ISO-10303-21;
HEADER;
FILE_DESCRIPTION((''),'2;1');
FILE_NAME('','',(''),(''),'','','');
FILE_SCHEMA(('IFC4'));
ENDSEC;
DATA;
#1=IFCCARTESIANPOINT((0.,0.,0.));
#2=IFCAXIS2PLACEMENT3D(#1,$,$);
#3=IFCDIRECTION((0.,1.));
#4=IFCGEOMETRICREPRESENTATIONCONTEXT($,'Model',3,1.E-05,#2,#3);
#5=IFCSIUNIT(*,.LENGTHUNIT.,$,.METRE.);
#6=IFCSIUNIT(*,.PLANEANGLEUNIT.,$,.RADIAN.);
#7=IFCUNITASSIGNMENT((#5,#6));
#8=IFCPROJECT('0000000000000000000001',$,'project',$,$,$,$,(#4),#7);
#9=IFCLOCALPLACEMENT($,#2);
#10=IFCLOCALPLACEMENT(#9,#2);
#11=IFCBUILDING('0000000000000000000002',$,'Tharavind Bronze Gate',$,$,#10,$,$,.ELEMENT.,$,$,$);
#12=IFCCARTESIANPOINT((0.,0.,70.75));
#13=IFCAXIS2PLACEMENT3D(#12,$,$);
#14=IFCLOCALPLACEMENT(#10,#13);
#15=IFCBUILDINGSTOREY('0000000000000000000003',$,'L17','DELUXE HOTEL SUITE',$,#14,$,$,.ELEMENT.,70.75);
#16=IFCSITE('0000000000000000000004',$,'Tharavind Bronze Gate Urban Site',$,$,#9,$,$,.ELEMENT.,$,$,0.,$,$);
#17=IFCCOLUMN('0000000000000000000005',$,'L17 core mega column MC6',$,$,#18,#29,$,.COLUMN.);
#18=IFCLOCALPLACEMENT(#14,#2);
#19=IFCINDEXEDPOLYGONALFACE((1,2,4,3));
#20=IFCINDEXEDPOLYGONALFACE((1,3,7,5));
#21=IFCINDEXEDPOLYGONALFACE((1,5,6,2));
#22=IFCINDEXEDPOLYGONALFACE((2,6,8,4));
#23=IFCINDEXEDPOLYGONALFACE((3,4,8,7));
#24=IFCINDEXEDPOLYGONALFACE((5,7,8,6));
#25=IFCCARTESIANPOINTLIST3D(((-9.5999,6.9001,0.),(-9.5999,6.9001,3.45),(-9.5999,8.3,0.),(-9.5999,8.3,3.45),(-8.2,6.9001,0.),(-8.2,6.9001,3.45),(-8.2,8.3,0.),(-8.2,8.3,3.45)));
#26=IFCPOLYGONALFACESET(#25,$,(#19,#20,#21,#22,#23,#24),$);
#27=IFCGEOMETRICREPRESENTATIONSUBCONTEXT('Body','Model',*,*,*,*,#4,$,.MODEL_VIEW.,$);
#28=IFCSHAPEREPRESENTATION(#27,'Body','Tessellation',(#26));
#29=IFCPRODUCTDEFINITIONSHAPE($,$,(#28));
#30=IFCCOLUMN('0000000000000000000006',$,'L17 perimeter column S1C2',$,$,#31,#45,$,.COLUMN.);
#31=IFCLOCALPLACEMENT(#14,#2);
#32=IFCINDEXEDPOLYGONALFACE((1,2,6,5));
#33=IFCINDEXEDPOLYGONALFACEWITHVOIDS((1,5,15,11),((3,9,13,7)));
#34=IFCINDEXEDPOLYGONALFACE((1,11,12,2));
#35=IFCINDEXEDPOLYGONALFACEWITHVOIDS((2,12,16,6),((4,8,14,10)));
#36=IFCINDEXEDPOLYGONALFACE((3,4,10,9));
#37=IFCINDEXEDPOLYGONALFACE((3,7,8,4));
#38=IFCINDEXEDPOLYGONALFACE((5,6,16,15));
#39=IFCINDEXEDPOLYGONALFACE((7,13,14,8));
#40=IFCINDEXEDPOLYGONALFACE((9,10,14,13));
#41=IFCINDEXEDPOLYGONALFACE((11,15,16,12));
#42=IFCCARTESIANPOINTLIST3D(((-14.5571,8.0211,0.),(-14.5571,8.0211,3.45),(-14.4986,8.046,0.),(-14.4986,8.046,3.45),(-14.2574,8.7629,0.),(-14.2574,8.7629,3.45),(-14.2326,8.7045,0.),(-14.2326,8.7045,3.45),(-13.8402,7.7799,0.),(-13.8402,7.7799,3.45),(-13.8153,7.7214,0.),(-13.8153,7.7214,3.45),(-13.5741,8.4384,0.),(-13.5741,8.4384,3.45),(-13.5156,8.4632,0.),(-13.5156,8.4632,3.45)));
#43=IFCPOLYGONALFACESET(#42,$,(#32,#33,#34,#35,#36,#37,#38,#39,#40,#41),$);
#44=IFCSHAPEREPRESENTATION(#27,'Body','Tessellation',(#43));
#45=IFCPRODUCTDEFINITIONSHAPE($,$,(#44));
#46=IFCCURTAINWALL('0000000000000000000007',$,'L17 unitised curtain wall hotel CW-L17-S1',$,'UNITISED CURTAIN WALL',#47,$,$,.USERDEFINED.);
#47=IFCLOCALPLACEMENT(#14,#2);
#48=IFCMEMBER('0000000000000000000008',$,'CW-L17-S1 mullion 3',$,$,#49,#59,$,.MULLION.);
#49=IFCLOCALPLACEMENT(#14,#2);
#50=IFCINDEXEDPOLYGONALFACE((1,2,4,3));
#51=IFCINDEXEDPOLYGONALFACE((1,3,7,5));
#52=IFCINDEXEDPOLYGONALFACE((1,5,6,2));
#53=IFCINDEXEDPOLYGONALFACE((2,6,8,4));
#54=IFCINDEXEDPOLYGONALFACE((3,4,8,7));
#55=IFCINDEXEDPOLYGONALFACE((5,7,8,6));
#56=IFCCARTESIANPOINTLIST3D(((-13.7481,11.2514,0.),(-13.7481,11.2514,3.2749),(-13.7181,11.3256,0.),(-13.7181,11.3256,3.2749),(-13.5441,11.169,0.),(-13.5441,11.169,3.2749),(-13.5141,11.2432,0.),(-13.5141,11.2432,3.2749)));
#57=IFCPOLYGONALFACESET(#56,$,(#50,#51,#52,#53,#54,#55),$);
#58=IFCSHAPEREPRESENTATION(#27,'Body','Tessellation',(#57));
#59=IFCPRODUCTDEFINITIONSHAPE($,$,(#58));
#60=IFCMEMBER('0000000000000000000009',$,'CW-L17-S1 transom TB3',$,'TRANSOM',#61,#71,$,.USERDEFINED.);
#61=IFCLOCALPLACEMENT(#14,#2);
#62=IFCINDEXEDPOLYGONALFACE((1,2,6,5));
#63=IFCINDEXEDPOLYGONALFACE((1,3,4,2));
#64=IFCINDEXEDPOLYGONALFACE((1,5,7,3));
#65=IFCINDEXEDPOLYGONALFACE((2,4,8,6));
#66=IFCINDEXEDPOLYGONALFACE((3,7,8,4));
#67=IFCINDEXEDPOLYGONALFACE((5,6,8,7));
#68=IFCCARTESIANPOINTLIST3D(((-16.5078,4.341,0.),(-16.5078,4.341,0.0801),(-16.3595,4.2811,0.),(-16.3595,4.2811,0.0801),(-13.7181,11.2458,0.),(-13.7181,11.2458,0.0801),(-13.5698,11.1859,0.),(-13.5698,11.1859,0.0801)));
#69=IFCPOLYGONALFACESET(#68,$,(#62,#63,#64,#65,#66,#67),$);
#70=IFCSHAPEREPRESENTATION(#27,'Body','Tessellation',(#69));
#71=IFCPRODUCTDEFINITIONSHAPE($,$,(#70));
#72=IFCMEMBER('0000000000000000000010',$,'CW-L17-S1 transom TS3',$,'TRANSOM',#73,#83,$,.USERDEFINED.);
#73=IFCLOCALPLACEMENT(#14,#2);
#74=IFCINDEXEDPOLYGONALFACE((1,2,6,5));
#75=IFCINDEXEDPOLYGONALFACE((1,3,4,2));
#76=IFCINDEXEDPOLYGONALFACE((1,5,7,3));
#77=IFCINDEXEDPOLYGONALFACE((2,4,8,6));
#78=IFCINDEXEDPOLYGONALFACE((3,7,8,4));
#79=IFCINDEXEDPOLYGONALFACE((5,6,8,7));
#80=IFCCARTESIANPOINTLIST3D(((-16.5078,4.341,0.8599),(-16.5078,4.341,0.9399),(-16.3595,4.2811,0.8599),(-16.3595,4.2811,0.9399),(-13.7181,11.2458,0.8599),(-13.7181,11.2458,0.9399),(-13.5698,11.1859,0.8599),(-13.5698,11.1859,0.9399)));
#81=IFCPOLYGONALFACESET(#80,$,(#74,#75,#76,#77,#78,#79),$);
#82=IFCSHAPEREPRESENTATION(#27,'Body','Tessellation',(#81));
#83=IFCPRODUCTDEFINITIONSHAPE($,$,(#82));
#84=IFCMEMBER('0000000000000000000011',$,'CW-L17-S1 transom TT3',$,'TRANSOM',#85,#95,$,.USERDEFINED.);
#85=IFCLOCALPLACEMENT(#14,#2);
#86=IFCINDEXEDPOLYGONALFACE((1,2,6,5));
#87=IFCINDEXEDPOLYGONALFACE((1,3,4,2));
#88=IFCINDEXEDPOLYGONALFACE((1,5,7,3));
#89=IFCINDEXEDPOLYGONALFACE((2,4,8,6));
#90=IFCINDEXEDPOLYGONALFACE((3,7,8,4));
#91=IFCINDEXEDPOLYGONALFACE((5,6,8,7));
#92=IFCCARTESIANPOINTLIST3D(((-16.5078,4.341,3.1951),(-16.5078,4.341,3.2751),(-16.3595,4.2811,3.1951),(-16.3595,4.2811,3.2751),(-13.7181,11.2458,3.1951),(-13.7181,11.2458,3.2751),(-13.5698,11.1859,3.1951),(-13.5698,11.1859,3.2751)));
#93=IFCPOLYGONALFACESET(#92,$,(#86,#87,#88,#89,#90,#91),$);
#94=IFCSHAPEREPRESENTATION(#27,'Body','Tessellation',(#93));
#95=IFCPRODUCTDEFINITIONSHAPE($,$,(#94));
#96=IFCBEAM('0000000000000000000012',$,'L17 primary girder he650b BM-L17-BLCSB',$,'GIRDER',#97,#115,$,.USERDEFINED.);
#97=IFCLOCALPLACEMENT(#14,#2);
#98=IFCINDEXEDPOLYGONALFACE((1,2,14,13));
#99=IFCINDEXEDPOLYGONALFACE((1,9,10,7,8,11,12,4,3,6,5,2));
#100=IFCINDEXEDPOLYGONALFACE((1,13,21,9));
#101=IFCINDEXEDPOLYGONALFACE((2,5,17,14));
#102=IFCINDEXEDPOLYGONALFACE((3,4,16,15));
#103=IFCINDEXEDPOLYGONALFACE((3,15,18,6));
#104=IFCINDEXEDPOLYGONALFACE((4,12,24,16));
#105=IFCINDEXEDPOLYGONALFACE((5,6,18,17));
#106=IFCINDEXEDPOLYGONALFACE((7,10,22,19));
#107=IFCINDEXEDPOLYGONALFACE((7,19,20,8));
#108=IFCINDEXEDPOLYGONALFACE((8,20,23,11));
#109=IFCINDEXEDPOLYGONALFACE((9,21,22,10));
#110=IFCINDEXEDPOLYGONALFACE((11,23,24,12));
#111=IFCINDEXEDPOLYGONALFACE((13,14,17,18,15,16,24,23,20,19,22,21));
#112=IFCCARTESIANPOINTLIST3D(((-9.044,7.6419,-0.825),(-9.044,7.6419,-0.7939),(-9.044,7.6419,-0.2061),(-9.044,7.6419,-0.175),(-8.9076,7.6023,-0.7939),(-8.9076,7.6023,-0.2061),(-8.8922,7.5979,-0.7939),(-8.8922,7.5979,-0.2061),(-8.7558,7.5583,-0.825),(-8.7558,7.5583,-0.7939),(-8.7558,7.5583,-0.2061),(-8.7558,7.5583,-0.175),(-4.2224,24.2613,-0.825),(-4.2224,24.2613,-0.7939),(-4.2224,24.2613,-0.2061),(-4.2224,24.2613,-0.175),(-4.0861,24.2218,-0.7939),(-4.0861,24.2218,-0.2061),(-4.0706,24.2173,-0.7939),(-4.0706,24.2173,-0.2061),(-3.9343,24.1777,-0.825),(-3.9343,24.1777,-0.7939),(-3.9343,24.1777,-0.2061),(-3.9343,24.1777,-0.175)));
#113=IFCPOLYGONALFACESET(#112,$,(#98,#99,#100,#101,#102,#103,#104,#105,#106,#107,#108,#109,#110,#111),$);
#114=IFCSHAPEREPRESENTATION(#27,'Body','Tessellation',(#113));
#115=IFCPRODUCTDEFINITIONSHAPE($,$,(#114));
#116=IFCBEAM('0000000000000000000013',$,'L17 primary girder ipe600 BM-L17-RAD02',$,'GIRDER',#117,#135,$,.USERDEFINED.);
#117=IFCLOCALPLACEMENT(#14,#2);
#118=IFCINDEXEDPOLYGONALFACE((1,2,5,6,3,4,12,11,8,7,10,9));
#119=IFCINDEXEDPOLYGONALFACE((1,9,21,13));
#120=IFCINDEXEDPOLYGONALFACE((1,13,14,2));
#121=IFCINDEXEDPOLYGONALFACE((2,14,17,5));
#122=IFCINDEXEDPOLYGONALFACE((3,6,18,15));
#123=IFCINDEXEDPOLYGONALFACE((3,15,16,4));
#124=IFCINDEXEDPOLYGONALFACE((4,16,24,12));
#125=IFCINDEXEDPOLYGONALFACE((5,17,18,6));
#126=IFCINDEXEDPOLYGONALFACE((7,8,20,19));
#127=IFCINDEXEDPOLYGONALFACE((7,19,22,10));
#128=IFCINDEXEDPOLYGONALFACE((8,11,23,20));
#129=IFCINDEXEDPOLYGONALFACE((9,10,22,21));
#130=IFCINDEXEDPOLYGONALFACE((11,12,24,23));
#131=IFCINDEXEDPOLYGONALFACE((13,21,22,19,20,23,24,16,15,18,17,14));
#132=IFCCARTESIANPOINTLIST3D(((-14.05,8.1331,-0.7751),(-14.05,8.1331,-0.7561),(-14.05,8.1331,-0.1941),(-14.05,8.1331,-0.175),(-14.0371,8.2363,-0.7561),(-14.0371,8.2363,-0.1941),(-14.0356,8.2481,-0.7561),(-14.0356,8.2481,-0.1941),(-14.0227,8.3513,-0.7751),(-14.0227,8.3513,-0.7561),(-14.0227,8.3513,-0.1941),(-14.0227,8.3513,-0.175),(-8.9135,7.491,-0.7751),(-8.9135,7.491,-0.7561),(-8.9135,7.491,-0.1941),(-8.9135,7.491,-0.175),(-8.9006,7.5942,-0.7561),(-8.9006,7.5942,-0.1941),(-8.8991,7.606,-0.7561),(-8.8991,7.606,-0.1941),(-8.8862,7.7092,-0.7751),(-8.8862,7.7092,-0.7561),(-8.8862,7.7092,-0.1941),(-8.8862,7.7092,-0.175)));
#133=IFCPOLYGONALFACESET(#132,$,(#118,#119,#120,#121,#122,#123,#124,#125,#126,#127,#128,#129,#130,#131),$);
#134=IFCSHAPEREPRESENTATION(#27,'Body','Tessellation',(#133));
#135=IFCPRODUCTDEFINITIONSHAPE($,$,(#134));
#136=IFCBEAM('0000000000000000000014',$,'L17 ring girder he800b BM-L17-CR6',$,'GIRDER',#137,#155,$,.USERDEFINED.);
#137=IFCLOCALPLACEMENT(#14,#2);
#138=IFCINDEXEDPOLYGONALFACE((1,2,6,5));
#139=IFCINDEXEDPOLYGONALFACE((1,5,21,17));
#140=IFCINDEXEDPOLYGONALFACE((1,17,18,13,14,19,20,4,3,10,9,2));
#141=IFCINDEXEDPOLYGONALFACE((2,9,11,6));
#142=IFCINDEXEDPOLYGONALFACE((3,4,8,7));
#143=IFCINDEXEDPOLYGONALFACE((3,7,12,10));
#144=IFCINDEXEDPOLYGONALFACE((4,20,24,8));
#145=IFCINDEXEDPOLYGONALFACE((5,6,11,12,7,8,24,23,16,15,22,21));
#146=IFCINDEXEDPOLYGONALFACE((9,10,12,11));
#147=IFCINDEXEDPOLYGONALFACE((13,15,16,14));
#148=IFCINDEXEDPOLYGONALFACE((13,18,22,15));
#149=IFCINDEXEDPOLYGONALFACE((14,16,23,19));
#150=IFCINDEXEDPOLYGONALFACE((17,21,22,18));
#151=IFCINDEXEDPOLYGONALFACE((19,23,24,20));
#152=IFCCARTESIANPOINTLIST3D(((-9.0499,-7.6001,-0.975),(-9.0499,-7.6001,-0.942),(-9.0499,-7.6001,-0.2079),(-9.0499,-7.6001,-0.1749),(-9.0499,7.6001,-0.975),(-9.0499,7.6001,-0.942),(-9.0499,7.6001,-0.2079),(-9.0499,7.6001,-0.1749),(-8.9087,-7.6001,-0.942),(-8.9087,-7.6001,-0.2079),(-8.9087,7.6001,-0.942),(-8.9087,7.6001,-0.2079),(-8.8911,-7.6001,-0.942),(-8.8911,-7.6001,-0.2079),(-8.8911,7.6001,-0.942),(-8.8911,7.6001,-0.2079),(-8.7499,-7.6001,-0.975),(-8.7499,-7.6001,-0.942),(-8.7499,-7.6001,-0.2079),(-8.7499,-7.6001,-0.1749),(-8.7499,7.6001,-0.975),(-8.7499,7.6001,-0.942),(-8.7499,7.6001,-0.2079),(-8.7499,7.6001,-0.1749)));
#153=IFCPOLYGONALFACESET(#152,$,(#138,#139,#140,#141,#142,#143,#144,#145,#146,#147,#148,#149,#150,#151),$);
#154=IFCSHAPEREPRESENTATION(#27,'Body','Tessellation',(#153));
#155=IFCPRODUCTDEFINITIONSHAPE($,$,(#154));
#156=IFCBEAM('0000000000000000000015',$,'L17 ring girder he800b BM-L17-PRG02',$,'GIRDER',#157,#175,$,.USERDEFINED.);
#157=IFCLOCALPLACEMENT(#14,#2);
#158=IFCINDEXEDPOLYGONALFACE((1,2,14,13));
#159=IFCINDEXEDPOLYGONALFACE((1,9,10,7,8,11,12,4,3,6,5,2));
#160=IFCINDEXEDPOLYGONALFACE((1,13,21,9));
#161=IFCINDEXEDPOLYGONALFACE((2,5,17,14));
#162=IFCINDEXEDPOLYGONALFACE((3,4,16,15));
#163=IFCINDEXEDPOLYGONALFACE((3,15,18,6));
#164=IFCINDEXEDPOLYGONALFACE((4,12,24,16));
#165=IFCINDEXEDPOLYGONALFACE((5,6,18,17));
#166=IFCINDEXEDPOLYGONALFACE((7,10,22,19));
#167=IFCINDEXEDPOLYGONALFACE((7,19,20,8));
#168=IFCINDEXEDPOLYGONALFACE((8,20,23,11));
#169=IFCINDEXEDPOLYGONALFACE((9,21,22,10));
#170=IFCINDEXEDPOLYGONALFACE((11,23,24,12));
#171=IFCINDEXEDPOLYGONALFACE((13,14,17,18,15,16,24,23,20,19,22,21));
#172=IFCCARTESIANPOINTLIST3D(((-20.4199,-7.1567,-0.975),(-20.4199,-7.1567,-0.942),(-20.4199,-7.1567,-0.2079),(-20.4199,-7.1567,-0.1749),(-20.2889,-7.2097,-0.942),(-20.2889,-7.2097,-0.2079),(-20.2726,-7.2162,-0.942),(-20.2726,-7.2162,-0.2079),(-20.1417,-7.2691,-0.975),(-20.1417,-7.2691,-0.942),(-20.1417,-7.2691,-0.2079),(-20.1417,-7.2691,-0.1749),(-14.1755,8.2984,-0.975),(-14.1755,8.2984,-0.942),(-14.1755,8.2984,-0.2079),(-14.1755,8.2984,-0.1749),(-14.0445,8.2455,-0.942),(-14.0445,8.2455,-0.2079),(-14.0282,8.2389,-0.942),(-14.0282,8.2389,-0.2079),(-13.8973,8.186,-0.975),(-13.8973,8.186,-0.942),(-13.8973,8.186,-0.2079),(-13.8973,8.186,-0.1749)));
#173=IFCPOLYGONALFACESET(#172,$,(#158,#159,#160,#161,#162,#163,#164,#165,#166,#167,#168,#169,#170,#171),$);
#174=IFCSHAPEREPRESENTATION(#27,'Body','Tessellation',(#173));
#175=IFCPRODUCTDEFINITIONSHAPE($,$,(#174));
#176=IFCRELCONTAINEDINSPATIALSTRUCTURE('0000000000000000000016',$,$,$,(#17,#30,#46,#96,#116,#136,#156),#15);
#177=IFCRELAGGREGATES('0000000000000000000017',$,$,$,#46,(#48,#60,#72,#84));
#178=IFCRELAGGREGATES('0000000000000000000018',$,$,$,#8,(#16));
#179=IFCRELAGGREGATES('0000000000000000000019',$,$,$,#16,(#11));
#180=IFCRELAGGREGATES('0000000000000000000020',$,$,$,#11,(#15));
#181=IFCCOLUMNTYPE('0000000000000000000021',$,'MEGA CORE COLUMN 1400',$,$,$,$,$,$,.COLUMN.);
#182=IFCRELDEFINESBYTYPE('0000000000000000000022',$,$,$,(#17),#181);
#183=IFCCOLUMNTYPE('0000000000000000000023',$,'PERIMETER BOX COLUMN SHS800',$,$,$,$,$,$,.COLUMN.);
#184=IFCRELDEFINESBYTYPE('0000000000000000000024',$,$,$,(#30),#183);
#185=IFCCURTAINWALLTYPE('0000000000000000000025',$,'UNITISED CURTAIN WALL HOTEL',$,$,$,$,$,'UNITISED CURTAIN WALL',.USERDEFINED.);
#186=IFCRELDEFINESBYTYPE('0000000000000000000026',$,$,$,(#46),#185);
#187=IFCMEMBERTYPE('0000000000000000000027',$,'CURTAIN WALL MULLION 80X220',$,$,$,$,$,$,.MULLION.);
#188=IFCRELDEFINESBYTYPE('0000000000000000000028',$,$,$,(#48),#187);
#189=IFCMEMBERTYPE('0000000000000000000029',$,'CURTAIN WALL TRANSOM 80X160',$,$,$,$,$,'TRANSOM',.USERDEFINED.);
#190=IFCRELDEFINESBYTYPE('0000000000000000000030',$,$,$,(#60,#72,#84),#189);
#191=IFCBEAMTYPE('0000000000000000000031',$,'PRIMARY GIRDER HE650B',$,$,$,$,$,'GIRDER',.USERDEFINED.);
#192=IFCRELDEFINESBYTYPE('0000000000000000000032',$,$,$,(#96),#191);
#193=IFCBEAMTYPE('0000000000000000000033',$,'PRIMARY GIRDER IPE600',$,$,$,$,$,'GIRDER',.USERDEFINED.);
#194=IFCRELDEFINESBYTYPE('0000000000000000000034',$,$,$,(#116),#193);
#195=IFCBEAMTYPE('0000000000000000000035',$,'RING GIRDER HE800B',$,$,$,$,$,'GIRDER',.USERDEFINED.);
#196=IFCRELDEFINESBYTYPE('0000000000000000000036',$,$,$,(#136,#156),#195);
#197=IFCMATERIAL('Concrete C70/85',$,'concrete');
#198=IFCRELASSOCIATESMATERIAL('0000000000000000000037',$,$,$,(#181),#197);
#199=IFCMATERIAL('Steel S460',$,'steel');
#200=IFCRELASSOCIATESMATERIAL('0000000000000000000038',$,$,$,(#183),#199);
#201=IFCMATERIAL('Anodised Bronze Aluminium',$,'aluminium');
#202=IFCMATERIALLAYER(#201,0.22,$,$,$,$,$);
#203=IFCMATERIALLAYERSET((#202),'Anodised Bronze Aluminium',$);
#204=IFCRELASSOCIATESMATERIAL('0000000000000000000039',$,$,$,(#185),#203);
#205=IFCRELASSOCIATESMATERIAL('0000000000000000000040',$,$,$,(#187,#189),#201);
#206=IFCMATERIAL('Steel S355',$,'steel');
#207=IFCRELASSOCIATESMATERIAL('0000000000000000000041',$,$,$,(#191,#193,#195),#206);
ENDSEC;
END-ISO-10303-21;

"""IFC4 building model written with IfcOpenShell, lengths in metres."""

from ifc_helpers import new_model, si_unit, direction, frame, origin, origin_2d, place, context, subcontext, project, spatial, rectangle, hollow_rectangle, i_section, extrude, material, layer, layer_set, material_profile, profile_set, type_object, element, aggregate, save


model = new_model("IFC4")

# Units and contexts
model_context = context("Model", 3, precision=1e-05, world=origin(), true_north=direction((0.0, 1.0)))
body_context = subcontext(model_context, "Body", "Model", "MODEL_VIEW")
ifc_project = project(units=[si_unit("LENGTHUNIT", "METRE"), si_unit("PLANEANGLEUNIT", "RADIAN")], contexts=[model_context])

# Site, building, storey
site_placement = place(None, origin())
site = spatial("IfcSite", under=ifc_project, at=site_placement, Name="Tharavind Bronze Gate Urban Site", CompositionType="ELEMENT", RefElevation=0.0)
building_placement = place(site_placement, origin())
building = spatial("IfcBuilding", under=site, at=building_placement, Name="Tharavind Bronze Gate", CompositionType="ELEMENT")
storey_placement = place(building_placement, frame((0.0, 0.0, 70.75)))
storey = spatial("IfcBuildingStorey", under=building, at=storey_placement, Name="L17", Description="DELUXE HOTEL SUITE", CompositionType="ELEMENT", Elevation=70.75)

# Columns
ifc_material_1 = material(Name="Concrete C70/85", Category="concrete")
ifc_material_profile_1 = material_profile(ifc_material_1, rectangle(XDim=1.3999, YDim=1.3999, at=origin_2d()), Name="RCCOL1400")
ifc_profile_set_1 = profile_set([ifc_material_profile_1], Name="Concrete C70/85")
column_type_1 = type_object("IfcColumnType", Name="MEGA CORE COLUMN 1400", PredefinedType="COLUMN", material=ifc_profile_set_1)
column_1_placement = place(storey_placement, frame((-8.8999, 7.6001, 0.0), z_axis=(0.0, 0.0, 1.0), x_axis=(1.0, 0.0, 0.0)))
element("IfcColumn", 1, at=column_1_placement, inside=storey, type_object=column_type_1, Name="L17 core mega column MC6", PredefinedType="COLUMN", context=body_context, shape_type="SweptSolid", body=[
    extrude(rectangle(XDim=1.3999, YDim=1.3999, at=origin_2d()), origin(), (0.0, 0.0, 1.0), 3.45),
])
ifc_material_2 = material(Name="Steel S460", Category="steel")
ifc_material_profile_2 = material_profile(ifc_material_2, hollow_rectangle(XDim=0.8, YDim=0.8, WallThickness=0.0449, at=origin_2d()), Name="SHS800X45")
ifc_profile_set_2 = profile_set([ifc_material_profile_2], Name="Steel S460")
column_type_2 = type_object("IfcColumnType", Name="PERIMETER BOX COLUMN SHS800", PredefinedType="COLUMN", material=ifc_profile_set_2)
column_2_placement = place(storey_placement, frame((-14.0364, 8.2422, 0.0), z_axis=(0.0, 0.0, 1.0), x_axis=(0.374608, 0.927183, 0.0)))
element("IfcColumn", 2, at=column_2_placement, inside=storey, type_object=column_type_2, Name="L17 perimeter column S1C2", PredefinedType="COLUMN", context=body_context, shape_type="SweptSolid", body=[
    extrude(hollow_rectangle(XDim=0.8, YDim=0.8, WallThickness=0.0449, at=origin_2d()), origin(), (0.0, 0.0, 1.0), 3.45),
])

# Curtain wall, members
ifc_material_3 = material(Name="Anodised Bronze Aluminium", Category="aluminium")
ifc_layer_1 = layer(ifc_material_3, 0.22)
ifc_layer_set_1 = layer_set([ifc_layer_1], Name="Anodised Bronze Aluminium")
curtain_wall_type = type_object("IfcCurtainWallType", Name="UNITISED CURTAIN WALL HOTEL", ElementType="UNITISED CURTAIN WALL", PredefinedType="USERDEFINED", material=ifc_layer_set_1)
curtain_wall_placement = place(storey_placement, origin())
curtain_wall = element("IfcCurtainWall", 3, at=curtain_wall_placement, inside=storey, type_object=curtain_wall_type, Name="L17 unitised curtain wall hotel CW-L17-S1", ObjectType="UNITISED CURTAIN WALL", PredefinedType="USERDEFINED")
member_type_1 = type_object("IfcMemberType", Name="CURTAIN WALL MULLION 80X220", PredefinedType="MULLION", material=ifc_material_3)
member_1_placement = place(storey_placement, frame((-13.6311, 11.2473, 0.0), z_axis=(0.0, 0.0, 1.0), x_axis=(-0.374607, -0.927184, 0.0)))
member_1 = element("IfcMember", 4, at=member_1_placement, type_object=member_type_1, Name="CW-L17-S1 mullion 3", PredefinedType="MULLION", context=body_context, shape_type="SweptSolid", body=[
    extrude(rectangle(XDim=0.0801, YDim=0.22, at=origin_2d()), origin(), (0.0, 0.0, 1.0), 3.2749),
])
member_type_2 = type_object("IfcMemberType", Name="CURTAIN WALL TRANSOM 80X160", ElementType="TRANSOM", PredefinedType="USERDEFINED", material=ifc_material_3)
member_2_placement = place(storey_placement, frame((-15.0388, 7.7634, 0.0), z_axis=(0.0, 0.0, 1.0), x_axis=(-0.374607, -0.927184, 0.0)))
member_2 = element("IfcMember", 5, at=member_2_placement, type_object=member_type_2, Name="CW-L17-S1 transom TB3", ObjectType="TRANSOM", PredefinedType="USERDEFINED", context=body_context, shape_type="SweptSolid", body=[
    extrude(rectangle(XDim=7.447, YDim=0.1599, at=origin_2d()), origin(), (0.0, 0.0, 1.0), 0.0801),
])
member_3_placement = place(storey_placement, frame((-15.0388, 7.7634, 0.8599), z_axis=(0.0, 0.0, 1.0), x_axis=(-0.374607, -0.927184, 0.0)))
member_3 = element("IfcMember", 6, at=member_3_placement, type_object=member_type_2, Name="CW-L17-S1 transom TS3", ObjectType="TRANSOM", PredefinedType="USERDEFINED", context=body_context, shape_type="SweptSolid", body=[
    extrude(rectangle(XDim=7.447, YDim=0.1599, at=origin_2d()), origin(), (0.0, 0.0, 1.0), 0.0801),
])
member_4_placement = place(storey_placement, frame((-15.0388, 7.7634, 3.1951), z_axis=(0.0, 0.0, 1.0), x_axis=(-0.374607, -0.927184, 0.0)))
member_4 = element("IfcMember", 7, at=member_4_placement, type_object=member_type_2, Name="CW-L17-S1 transom TT3", ObjectType="TRANSOM", PredefinedType="USERDEFINED", context=body_context, shape_type="SweptSolid", body=[
    extrude(rectangle(XDim=7.447, YDim=0.1599, at=origin_2d()), origin(), (0.0, 0.0, 1.0), 0.0801),
])

# Beams
ifc_material_4 = material(Name="Steel S355", Category="steel")
ifc_material_profile_3 = material_profile(ifc_material_4, i_section(OverallWidth=0.3, OverallDepth=0.6499, WebThickness=0.0161, FlangeThickness=0.031, at=origin_2d()), Name="HE650B")
ifc_profile_set_3 = profile_set([ifc_material_profile_3], Name="Steel S355")
beam_type_1 = type_object("IfcBeamType", Name="PRIMARY GIRDER HE650B", ElementType="GIRDER", PredefinedType="USERDEFINED", material=ifc_profile_set_3)
beam_1_placement = place(storey_placement, frame((-8.8999, 7.6001, -0.5), z_axis=(0.278626, 0.9604, 0.0), x_axis=(-0.9604, 0.278626, 0.0)))
element("IfcBeam", 8, at=beam_1_placement, inside=storey, type_object=beam_type_1, Name="L17 primary girder he650b BM-L17-BLCSB", ObjectType="GIRDER", PredefinedType="USERDEFINED", context=body_context, shape_type="SweptSolid", body=[
    extrude(i_section(OverallWidth=0.3, OverallDepth=0.6499, WebThickness=0.0161, FlangeThickness=0.031, at=origin_2d()), origin(), (0.0, 0.0, 1.0), 17.3047),
])
ifc_material_profile_4 = material_profile(ifc_material_4, i_section(OverallWidth=0.22, OverallDepth=0.6001, WebThickness=0.012, FlangeThickness=0.019, at=origin_2d()), Name="IPE600")
ifc_profile_set_4 = profile_set([ifc_material_profile_4], Name="Steel S355")
beam_type_2 = type_object("IfcBeamType", Name="PRIMARY GIRDER IPE600", ElementType="GIRDER", PredefinedType="USERDEFINED", material=ifc_profile_set_4)
beam_2_placement = place(storey_placement, frame((-14.0364, 8.2422, -0.4751), z_axis=(0.992277, -0.124041, 0.0), x_axis=(0.124041, 0.992277, 0.0)))
element("IfcBeam", 9, at=beam_2_placement, inside=storey, type_object=beam_type_2, Name="L17 primary girder ipe600 BM-L17-RAD02", ObjectType="GIRDER", PredefinedType="USERDEFINED", context=body_context, shape_type="SweptSolid", body=[
    extrude(i_section(OverallWidth=0.22, OverallDepth=0.6001, WebThickness=0.012, FlangeThickness=0.019, at=origin_2d()), origin(), (0.0, 0.0, 1.0), 5.1765),
])
ifc_material_profile_5 = material_profile(ifc_material_4, i_section(OverallWidth=0.3, OverallDepth=0.8, WebThickness=0.0176, FlangeThickness=0.033, at=origin_2d()), Name="HE800B")
ifc_profile_set_5 = profile_set([ifc_material_profile_5], Name="Steel S355")
beam_type_3 = type_object("IfcBeamType", Name="RING GIRDER HE800B", ElementType="GIRDER", PredefinedType="USERDEFINED", material=ifc_profile_set_5)
beam_3_placement = place(storey_placement, frame((-8.8999, 7.6001, -0.575), z_axis=(0.0, -1.0, 0.0), x_axis=(1.0, 0.0, 0.0)))
element("IfcBeam", 10, at=beam_3_placement, inside=storey, type_object=beam_type_3, Name="L17 ring girder he800b BM-L17-CR6", ObjectType="GIRDER", PredefinedType="USERDEFINED", context=body_context, shape_type="SweptSolid", body=[
    extrude(i_section(OverallWidth=0.3, OverallDepth=0.8, WebThickness=0.0176, FlangeThickness=0.033, at=origin_2d()), origin(), (0.0, 0.0, 1.0), 15.2002),
])
beam_4_placement = place(storey_placement, frame((-14.0364, 8.2422, -0.575), z_axis=(-0.374613, -0.927181, 0.0), x_axis=(0.927181, -0.374613, 0.0)))
element("IfcBeam", 11, at=beam_4_placement, inside=storey, type_object=beam_type_3, Name="L17 ring girder he800b BM-L17-PRG02", ObjectType="GIRDER", PredefinedType="USERDEFINED", context=body_context, shape_type="SweptSolid", body=[
    extrude(i_section(OverallWidth=0.3, OverallDepth=0.8, WebThickness=0.0176, FlangeThickness=0.033, at=origin_2d()), origin(), (0.0, 0.0, 1.0), 16.6689),
])

aggregate(curtain_wall, [member_1, member_2, member_3, member_4])

save(model, "model.ifc")
